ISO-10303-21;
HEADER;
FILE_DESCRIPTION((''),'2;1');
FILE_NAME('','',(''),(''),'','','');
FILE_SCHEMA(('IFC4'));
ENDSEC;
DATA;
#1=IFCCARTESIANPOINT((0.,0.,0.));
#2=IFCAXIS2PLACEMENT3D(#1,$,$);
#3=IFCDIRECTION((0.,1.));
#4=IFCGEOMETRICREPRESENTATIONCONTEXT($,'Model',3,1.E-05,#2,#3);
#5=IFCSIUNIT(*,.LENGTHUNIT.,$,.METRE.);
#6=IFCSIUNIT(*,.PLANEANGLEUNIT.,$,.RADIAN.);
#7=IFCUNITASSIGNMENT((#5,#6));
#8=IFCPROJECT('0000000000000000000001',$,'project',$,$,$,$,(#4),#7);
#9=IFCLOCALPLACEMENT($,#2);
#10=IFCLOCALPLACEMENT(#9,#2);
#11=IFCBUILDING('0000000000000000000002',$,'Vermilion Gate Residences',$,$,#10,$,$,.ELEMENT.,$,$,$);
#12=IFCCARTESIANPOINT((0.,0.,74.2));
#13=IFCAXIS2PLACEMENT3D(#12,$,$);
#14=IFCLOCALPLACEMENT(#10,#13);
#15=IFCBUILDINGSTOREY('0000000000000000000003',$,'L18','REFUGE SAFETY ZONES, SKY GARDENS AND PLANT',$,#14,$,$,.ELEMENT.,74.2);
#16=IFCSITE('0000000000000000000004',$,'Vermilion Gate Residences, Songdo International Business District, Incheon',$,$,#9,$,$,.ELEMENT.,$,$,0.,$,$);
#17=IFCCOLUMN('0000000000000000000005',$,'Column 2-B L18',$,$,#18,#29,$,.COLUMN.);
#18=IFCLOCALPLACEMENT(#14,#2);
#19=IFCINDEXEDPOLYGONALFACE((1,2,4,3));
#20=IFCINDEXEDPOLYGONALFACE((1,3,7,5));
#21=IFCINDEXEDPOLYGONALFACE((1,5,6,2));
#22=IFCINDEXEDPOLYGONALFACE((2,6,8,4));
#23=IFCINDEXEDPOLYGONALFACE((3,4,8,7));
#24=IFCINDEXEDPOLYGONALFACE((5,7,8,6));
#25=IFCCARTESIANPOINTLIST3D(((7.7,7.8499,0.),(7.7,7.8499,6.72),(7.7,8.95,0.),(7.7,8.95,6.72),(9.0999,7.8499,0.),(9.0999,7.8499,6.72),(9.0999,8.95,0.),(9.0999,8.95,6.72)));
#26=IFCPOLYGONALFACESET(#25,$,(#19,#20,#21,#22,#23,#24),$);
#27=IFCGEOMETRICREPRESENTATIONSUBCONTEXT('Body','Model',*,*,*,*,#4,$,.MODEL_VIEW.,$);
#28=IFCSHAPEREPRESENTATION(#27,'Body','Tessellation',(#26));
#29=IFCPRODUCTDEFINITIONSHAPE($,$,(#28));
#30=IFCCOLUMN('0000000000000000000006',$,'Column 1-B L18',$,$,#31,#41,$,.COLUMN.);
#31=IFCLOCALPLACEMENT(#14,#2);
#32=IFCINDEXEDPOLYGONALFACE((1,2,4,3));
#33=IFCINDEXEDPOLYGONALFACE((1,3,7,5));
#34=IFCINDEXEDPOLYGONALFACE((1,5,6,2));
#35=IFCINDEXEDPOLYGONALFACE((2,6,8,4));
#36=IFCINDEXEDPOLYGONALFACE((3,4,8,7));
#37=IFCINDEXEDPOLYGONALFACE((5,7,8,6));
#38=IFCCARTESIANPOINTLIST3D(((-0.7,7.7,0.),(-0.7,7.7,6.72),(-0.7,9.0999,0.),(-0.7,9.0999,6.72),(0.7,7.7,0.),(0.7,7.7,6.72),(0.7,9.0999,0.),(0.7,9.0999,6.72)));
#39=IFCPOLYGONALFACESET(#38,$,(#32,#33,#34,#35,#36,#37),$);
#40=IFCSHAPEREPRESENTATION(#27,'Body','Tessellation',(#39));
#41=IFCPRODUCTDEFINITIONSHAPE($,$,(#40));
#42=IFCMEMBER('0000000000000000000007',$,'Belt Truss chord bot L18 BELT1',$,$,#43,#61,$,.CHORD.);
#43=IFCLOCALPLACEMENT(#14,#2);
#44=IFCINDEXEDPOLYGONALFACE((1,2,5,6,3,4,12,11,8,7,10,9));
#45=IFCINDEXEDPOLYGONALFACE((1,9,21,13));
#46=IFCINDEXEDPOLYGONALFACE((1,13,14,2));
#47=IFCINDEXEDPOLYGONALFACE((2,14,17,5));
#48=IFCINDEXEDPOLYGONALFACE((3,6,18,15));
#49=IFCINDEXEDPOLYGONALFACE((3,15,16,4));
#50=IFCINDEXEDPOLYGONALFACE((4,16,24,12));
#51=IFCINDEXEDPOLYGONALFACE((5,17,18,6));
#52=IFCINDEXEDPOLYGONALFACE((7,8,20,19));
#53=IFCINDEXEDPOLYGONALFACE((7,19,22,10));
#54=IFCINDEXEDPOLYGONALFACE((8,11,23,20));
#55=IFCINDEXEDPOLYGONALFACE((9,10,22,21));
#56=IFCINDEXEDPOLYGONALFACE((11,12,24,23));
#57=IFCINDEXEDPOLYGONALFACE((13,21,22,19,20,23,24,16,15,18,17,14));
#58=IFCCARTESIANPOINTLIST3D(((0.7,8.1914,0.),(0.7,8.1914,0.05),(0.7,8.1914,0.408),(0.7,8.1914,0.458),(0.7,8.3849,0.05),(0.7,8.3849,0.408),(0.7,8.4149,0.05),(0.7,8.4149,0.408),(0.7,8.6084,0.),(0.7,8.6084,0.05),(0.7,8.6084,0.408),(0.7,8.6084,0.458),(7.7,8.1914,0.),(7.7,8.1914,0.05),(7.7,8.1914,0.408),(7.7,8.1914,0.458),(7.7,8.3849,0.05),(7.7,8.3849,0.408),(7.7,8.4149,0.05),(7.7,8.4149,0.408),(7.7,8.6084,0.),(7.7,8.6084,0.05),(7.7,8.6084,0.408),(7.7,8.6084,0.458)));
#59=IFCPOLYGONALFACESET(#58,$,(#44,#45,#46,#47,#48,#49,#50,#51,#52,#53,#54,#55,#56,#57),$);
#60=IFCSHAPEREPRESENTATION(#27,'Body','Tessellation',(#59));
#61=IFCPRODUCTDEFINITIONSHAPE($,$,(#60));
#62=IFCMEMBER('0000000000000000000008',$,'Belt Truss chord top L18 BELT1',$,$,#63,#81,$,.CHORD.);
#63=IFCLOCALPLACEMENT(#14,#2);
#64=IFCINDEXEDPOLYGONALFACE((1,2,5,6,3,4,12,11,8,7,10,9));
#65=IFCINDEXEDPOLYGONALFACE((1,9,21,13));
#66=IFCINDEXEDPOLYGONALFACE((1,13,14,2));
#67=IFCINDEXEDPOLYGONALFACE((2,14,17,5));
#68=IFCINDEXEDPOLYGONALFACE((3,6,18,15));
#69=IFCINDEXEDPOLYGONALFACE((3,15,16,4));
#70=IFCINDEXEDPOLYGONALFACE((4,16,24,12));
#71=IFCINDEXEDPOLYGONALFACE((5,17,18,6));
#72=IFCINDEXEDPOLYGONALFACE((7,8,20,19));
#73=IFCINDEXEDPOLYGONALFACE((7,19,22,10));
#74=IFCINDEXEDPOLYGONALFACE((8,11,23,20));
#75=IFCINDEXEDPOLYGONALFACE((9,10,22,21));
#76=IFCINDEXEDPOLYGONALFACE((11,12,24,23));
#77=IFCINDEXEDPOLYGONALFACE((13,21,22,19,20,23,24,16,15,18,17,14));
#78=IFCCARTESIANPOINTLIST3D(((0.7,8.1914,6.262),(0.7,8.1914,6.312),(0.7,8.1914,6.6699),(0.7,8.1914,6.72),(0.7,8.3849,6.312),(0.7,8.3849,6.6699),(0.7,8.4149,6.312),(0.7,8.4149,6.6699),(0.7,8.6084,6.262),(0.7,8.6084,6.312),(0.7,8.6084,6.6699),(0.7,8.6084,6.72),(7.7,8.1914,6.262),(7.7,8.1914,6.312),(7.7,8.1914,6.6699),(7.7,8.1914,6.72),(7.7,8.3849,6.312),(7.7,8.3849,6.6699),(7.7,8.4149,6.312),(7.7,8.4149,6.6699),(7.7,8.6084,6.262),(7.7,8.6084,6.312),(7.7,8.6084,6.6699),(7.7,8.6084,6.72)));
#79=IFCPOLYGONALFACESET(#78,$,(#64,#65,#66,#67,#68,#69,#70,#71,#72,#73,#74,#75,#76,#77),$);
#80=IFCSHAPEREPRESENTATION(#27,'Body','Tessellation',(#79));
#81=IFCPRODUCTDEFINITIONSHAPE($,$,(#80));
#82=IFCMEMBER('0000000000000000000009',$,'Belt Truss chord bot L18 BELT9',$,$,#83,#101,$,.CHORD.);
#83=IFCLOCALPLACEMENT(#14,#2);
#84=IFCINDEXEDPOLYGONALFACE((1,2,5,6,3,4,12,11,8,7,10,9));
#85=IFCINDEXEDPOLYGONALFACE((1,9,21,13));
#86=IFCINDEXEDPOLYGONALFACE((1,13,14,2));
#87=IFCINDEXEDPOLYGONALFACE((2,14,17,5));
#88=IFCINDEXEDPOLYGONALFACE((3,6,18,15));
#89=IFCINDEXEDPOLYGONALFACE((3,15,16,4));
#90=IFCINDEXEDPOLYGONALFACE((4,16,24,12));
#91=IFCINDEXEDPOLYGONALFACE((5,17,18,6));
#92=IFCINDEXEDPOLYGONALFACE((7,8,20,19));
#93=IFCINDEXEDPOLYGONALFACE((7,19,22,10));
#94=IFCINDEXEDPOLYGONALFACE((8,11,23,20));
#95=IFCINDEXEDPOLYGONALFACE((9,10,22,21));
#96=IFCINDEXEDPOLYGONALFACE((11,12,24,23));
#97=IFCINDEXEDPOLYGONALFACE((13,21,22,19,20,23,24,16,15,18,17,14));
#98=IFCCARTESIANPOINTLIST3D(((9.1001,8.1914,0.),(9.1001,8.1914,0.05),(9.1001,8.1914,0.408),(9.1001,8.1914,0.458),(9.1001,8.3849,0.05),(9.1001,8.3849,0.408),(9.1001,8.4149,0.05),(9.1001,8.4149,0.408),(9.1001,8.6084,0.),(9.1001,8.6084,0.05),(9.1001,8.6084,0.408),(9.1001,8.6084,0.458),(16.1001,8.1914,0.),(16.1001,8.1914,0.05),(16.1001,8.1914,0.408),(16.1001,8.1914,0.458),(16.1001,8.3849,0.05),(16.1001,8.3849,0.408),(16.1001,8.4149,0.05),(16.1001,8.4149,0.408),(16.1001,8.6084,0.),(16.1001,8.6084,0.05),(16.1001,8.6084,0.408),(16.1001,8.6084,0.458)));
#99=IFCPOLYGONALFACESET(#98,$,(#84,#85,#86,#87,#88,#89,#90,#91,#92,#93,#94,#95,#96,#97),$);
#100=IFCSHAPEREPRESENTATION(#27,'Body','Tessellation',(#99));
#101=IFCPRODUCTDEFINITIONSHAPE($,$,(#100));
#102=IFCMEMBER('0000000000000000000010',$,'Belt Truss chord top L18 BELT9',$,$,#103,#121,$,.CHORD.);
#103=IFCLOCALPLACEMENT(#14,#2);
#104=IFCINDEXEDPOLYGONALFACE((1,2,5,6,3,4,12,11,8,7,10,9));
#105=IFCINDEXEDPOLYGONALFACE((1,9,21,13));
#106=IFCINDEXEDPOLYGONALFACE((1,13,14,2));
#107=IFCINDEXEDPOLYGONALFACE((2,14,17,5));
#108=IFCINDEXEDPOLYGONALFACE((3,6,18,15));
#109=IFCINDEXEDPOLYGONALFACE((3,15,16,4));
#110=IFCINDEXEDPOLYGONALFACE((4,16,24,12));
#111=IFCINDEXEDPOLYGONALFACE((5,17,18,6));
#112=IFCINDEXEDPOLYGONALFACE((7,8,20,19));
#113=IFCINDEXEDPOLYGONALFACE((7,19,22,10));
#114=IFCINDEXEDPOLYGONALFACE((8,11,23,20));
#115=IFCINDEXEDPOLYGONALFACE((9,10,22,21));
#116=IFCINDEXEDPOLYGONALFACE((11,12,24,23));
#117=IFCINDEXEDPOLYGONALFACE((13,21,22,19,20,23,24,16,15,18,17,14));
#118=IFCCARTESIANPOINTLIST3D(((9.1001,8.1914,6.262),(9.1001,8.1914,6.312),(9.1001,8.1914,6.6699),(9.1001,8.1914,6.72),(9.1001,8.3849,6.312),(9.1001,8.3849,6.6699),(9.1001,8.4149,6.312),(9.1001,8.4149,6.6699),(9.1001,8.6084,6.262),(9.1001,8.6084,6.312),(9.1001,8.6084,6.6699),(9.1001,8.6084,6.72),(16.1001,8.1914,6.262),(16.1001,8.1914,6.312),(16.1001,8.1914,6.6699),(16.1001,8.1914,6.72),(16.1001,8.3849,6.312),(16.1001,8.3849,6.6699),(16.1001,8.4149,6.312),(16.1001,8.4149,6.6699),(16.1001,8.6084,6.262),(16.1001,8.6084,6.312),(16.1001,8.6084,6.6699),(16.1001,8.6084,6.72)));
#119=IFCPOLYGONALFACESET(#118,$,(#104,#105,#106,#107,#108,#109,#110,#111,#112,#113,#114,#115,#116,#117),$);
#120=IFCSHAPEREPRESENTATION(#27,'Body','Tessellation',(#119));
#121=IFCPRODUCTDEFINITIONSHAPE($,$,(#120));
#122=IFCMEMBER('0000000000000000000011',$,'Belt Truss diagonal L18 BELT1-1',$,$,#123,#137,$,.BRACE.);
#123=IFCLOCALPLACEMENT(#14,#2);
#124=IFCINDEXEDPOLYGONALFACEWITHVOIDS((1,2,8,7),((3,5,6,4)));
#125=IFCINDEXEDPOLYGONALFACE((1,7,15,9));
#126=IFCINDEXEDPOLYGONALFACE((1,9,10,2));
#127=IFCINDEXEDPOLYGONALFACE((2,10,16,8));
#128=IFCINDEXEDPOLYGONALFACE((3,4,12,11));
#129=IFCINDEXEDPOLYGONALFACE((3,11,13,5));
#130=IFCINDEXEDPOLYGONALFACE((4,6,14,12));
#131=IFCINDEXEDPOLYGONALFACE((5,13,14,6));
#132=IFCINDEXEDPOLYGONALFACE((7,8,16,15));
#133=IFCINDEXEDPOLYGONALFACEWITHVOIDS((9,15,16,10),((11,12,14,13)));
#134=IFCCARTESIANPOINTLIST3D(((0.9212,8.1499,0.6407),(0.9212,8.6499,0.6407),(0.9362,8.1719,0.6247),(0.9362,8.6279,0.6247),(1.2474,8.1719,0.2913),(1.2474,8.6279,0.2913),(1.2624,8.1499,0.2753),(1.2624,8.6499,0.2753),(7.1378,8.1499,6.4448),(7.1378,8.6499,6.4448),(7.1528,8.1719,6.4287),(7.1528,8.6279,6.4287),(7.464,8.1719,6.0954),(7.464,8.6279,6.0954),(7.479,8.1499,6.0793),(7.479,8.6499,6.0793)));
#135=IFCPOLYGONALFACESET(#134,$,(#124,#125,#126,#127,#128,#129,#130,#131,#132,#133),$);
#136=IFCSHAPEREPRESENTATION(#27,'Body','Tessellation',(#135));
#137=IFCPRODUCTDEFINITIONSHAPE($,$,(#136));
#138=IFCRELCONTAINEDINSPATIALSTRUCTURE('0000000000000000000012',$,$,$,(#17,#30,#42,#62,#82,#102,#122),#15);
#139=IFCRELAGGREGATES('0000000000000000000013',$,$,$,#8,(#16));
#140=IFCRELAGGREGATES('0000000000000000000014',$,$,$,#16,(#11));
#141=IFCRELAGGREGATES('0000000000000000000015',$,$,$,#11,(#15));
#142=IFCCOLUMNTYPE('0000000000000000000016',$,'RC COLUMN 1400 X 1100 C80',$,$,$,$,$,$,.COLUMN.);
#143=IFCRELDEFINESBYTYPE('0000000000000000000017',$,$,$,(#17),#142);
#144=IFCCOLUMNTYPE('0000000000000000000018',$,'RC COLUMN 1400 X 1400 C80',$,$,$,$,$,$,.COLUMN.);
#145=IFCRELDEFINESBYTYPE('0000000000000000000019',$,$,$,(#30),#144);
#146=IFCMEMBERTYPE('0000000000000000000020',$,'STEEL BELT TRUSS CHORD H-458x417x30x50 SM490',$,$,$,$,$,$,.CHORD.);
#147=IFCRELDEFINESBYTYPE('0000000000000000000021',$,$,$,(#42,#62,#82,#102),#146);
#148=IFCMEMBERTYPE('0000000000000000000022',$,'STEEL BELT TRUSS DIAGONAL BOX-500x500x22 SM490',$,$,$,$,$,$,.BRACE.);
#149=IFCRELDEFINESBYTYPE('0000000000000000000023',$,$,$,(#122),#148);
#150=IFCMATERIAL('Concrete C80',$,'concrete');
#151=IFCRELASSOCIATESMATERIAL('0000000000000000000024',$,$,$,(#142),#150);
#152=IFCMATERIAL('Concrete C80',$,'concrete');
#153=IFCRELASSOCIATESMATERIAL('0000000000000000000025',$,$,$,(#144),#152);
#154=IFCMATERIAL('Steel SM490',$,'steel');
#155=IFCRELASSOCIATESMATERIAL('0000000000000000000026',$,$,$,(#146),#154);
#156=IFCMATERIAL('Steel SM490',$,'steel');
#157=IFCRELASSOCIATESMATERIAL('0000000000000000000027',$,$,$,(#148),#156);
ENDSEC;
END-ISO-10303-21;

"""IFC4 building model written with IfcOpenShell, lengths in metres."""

from ifc_helpers import new_model, si_unit, direction, frame, origin, origin_2d, place, context, subcontext, project, spatial, rectangle, hollow_rectangle, i_section, extrude, material, material_profile, profile_set, type_object, element, save


model = new_model("IFC4")

# Units and contexts
model_context = context("Model", 3, precision=1e-05, world=origin(), true_north=direction((0.0, 1.0)))
body_context = subcontext(model_context, "Body", "Model", "MODEL_VIEW")
ifc_project = project(units=[si_unit("LENGTHUNIT", "METRE"), si_unit("PLANEANGLEUNIT", "RADIAN")], contexts=[model_context])

# Site, building, storey
site_placement = place(None, origin())
site = spatial("IfcSite", under=ifc_project, at=site_placement, Name="Vermilion Gate Residences, Songdo International Business District, Incheon", CompositionType="ELEMENT", RefElevation=0.0)
building_placement = place(site_placement, origin())
building = spatial("IfcBuilding", under=site, at=building_placement, Name="Vermilion Gate Residences", CompositionType="ELEMENT")
storey_placement = place(building_placement, frame((0.0, 0.0, 74.2)))
storey = spatial("IfcBuildingStorey", under=building, at=storey_placement, Name="L18", Description="REFUGE SAFETY ZONES, SKY GARDENS AND PLANT", CompositionType="ELEMENT", Elevation=74.2)

# Columns
ifc_material_1 = material(Name="Concrete C80", Category="concrete")
ifc_material_profile_1 = material_profile(ifc_material_1, rectangle(XDim=1.3999, YDim=1.1001, at=origin_2d()), Name="RC-1400x1100")
ifc_profile_set_1 = profile_set([ifc_material_profile_1], Name="Concrete C80")
column_type_1 = type_object("IfcColumnType", Name="RC COLUMN 1400 X 1100 C80", PredefinedType="COLUMN", material=ifc_profile_set_1)
column_1_placement = place(storey_placement, frame((8.3999, 8.3999, 0.0), z_axis=(0.0, 0.0, 1.0), x_axis=(1.0, 0.0, 0.0)))
element("IfcColumn", 1, at=column_1_placement, inside=storey, type_object=column_type_1, Name="Column 2-B L18", PredefinedType="COLUMN", context=body_context, shape_type="SweptSolid", body=[
    extrude(rectangle(XDim=1.3999, YDim=1.1001, at=origin_2d()), origin(), (0.0, 0.0, 1.0), 6.72),
])
ifc_material_2 = material(Name="Concrete C80", Category="concrete")
ifc_material_profile_2 = material_profile(ifc_material_2, rectangle(XDim=1.3999, YDim=1.3999, at=origin_2d()), Name="RC-1400x1400")
ifc_profile_set_2 = profile_set([ifc_material_profile_2], Name="Concrete C80")
column_type_2 = type_object("IfcColumnType", Name="RC COLUMN 1400 X 1400 C80", PredefinedType="COLUMN", material=ifc_profile_set_2)
column_2_placement = place(storey_placement, frame((0.0, 8.3999, 0.0), z_axis=(0.0, 0.0, 1.0), x_axis=(1.0, 0.0, 0.0)))
element("IfcColumn", 2, at=column_2_placement, inside=storey, type_object=column_type_2, Name="Column 1-B L18", PredefinedType="COLUMN", context=body_context, shape_type="SweptSolid", body=[
    extrude(rectangle(XDim=1.3999, YDim=1.3999, at=origin_2d()), origin(), (0.0, 0.0, 1.0), 6.72),
])

# Members
ifc_material_3 = material(Name="Steel SM490", Category="steel")
ifc_material_profile_3 = material_profile(ifc_material_3, i_section(OverallWidth=0.417, OverallDepth=0.458, WebThickness=0.03, FlangeThickness=0.05, at=origin_2d()), Name="H-458x417x30x50")
ifc_profile_set_3 = profile_set([ifc_material_profile_3], Name="Steel SM490")
member_type_1 = type_object("IfcMemberType", Name="STEEL BELT TRUSS CHORD H-458x417x30x50 SM490", PredefinedType="CHORD", material=ifc_profile_set_3)
for number, where, z_axis, x_axis, name in (
    (3, (0.7, 8.3999, 0.229), (1.0, 0.0, 0.0), (0.0, 1.0, 0.0), "Belt Truss chord bot L18 BELT1"),
    (4, (0.7, 8.3999, 6.491), (1.0, 0.0, 0.0), (0.0, 1.0, 0.0), "Belt Truss chord top L18 BELT1"),
    (5, (9.1001, 8.3999, 0.229), (1.0, 0.0, 0.0), (0.0, 1.0, 0.0), "Belt Truss chord bot L18 BELT9"),
    (6, (9.1001, 8.3999, 6.491), (1.0, 0.0, 0.0), (0.0, 1.0, 0.0), "Belt Truss chord top L18 BELT9"),
):
    element("IfcMember", number, at=place(storey_placement, frame(where, z_axis=z_axis, x_axis=x_axis)), inside=storey, type_object=member_type_1, Name=name, PredefinedType="CHORD", context=body_context, shape_type="SweptSolid", body=[
        extrude(i_section(OverallWidth=0.417, OverallDepth=0.458, WebThickness=0.03, FlangeThickness=0.05, at=origin_2d()), origin(), (0.0, 0.0, 1.0), 7.0),
    ])
ifc_material_4 = material(Name="Steel SM490", Category="steel")
ifc_material_profile_4 = material_profile(ifc_material_4, hollow_rectangle(XDim=0.5, YDim=0.5, WallThickness=0.022, at=origin_2d()), Name="BOX-500x500x22")
ifc_profile_set_4 = profile_set([ifc_material_profile_4], Name="Steel SM490")
member_type_2 = type_object("IfcMemberType", Name="STEEL BELT TRUSS DIAGONAL BOX-500x500x22 SM490", PredefinedType="BRACE", material=ifc_profile_set_4)
member_placement = place(storey_placement, frame((1.0918, 8.3999, 0.458), z_axis=(0.730947, 0.0, 0.682434), x_axis=(0.0, 1.0, 0.0)))
element("IfcMember", 7, at=member_placement, inside=storey, type_object=member_type_2, Name="Belt Truss diagonal L18 BELT1-1", PredefinedType="BRACE", context=body_context, shape_type="SweptSolid", body=[
    extrude(hollow_rectangle(XDim=0.5, YDim=0.5, WallThickness=0.022, at=origin_2d()), origin(), (0.0, 0.0, 1.0), 8.5049),
])

save(model, "model.ifc")
